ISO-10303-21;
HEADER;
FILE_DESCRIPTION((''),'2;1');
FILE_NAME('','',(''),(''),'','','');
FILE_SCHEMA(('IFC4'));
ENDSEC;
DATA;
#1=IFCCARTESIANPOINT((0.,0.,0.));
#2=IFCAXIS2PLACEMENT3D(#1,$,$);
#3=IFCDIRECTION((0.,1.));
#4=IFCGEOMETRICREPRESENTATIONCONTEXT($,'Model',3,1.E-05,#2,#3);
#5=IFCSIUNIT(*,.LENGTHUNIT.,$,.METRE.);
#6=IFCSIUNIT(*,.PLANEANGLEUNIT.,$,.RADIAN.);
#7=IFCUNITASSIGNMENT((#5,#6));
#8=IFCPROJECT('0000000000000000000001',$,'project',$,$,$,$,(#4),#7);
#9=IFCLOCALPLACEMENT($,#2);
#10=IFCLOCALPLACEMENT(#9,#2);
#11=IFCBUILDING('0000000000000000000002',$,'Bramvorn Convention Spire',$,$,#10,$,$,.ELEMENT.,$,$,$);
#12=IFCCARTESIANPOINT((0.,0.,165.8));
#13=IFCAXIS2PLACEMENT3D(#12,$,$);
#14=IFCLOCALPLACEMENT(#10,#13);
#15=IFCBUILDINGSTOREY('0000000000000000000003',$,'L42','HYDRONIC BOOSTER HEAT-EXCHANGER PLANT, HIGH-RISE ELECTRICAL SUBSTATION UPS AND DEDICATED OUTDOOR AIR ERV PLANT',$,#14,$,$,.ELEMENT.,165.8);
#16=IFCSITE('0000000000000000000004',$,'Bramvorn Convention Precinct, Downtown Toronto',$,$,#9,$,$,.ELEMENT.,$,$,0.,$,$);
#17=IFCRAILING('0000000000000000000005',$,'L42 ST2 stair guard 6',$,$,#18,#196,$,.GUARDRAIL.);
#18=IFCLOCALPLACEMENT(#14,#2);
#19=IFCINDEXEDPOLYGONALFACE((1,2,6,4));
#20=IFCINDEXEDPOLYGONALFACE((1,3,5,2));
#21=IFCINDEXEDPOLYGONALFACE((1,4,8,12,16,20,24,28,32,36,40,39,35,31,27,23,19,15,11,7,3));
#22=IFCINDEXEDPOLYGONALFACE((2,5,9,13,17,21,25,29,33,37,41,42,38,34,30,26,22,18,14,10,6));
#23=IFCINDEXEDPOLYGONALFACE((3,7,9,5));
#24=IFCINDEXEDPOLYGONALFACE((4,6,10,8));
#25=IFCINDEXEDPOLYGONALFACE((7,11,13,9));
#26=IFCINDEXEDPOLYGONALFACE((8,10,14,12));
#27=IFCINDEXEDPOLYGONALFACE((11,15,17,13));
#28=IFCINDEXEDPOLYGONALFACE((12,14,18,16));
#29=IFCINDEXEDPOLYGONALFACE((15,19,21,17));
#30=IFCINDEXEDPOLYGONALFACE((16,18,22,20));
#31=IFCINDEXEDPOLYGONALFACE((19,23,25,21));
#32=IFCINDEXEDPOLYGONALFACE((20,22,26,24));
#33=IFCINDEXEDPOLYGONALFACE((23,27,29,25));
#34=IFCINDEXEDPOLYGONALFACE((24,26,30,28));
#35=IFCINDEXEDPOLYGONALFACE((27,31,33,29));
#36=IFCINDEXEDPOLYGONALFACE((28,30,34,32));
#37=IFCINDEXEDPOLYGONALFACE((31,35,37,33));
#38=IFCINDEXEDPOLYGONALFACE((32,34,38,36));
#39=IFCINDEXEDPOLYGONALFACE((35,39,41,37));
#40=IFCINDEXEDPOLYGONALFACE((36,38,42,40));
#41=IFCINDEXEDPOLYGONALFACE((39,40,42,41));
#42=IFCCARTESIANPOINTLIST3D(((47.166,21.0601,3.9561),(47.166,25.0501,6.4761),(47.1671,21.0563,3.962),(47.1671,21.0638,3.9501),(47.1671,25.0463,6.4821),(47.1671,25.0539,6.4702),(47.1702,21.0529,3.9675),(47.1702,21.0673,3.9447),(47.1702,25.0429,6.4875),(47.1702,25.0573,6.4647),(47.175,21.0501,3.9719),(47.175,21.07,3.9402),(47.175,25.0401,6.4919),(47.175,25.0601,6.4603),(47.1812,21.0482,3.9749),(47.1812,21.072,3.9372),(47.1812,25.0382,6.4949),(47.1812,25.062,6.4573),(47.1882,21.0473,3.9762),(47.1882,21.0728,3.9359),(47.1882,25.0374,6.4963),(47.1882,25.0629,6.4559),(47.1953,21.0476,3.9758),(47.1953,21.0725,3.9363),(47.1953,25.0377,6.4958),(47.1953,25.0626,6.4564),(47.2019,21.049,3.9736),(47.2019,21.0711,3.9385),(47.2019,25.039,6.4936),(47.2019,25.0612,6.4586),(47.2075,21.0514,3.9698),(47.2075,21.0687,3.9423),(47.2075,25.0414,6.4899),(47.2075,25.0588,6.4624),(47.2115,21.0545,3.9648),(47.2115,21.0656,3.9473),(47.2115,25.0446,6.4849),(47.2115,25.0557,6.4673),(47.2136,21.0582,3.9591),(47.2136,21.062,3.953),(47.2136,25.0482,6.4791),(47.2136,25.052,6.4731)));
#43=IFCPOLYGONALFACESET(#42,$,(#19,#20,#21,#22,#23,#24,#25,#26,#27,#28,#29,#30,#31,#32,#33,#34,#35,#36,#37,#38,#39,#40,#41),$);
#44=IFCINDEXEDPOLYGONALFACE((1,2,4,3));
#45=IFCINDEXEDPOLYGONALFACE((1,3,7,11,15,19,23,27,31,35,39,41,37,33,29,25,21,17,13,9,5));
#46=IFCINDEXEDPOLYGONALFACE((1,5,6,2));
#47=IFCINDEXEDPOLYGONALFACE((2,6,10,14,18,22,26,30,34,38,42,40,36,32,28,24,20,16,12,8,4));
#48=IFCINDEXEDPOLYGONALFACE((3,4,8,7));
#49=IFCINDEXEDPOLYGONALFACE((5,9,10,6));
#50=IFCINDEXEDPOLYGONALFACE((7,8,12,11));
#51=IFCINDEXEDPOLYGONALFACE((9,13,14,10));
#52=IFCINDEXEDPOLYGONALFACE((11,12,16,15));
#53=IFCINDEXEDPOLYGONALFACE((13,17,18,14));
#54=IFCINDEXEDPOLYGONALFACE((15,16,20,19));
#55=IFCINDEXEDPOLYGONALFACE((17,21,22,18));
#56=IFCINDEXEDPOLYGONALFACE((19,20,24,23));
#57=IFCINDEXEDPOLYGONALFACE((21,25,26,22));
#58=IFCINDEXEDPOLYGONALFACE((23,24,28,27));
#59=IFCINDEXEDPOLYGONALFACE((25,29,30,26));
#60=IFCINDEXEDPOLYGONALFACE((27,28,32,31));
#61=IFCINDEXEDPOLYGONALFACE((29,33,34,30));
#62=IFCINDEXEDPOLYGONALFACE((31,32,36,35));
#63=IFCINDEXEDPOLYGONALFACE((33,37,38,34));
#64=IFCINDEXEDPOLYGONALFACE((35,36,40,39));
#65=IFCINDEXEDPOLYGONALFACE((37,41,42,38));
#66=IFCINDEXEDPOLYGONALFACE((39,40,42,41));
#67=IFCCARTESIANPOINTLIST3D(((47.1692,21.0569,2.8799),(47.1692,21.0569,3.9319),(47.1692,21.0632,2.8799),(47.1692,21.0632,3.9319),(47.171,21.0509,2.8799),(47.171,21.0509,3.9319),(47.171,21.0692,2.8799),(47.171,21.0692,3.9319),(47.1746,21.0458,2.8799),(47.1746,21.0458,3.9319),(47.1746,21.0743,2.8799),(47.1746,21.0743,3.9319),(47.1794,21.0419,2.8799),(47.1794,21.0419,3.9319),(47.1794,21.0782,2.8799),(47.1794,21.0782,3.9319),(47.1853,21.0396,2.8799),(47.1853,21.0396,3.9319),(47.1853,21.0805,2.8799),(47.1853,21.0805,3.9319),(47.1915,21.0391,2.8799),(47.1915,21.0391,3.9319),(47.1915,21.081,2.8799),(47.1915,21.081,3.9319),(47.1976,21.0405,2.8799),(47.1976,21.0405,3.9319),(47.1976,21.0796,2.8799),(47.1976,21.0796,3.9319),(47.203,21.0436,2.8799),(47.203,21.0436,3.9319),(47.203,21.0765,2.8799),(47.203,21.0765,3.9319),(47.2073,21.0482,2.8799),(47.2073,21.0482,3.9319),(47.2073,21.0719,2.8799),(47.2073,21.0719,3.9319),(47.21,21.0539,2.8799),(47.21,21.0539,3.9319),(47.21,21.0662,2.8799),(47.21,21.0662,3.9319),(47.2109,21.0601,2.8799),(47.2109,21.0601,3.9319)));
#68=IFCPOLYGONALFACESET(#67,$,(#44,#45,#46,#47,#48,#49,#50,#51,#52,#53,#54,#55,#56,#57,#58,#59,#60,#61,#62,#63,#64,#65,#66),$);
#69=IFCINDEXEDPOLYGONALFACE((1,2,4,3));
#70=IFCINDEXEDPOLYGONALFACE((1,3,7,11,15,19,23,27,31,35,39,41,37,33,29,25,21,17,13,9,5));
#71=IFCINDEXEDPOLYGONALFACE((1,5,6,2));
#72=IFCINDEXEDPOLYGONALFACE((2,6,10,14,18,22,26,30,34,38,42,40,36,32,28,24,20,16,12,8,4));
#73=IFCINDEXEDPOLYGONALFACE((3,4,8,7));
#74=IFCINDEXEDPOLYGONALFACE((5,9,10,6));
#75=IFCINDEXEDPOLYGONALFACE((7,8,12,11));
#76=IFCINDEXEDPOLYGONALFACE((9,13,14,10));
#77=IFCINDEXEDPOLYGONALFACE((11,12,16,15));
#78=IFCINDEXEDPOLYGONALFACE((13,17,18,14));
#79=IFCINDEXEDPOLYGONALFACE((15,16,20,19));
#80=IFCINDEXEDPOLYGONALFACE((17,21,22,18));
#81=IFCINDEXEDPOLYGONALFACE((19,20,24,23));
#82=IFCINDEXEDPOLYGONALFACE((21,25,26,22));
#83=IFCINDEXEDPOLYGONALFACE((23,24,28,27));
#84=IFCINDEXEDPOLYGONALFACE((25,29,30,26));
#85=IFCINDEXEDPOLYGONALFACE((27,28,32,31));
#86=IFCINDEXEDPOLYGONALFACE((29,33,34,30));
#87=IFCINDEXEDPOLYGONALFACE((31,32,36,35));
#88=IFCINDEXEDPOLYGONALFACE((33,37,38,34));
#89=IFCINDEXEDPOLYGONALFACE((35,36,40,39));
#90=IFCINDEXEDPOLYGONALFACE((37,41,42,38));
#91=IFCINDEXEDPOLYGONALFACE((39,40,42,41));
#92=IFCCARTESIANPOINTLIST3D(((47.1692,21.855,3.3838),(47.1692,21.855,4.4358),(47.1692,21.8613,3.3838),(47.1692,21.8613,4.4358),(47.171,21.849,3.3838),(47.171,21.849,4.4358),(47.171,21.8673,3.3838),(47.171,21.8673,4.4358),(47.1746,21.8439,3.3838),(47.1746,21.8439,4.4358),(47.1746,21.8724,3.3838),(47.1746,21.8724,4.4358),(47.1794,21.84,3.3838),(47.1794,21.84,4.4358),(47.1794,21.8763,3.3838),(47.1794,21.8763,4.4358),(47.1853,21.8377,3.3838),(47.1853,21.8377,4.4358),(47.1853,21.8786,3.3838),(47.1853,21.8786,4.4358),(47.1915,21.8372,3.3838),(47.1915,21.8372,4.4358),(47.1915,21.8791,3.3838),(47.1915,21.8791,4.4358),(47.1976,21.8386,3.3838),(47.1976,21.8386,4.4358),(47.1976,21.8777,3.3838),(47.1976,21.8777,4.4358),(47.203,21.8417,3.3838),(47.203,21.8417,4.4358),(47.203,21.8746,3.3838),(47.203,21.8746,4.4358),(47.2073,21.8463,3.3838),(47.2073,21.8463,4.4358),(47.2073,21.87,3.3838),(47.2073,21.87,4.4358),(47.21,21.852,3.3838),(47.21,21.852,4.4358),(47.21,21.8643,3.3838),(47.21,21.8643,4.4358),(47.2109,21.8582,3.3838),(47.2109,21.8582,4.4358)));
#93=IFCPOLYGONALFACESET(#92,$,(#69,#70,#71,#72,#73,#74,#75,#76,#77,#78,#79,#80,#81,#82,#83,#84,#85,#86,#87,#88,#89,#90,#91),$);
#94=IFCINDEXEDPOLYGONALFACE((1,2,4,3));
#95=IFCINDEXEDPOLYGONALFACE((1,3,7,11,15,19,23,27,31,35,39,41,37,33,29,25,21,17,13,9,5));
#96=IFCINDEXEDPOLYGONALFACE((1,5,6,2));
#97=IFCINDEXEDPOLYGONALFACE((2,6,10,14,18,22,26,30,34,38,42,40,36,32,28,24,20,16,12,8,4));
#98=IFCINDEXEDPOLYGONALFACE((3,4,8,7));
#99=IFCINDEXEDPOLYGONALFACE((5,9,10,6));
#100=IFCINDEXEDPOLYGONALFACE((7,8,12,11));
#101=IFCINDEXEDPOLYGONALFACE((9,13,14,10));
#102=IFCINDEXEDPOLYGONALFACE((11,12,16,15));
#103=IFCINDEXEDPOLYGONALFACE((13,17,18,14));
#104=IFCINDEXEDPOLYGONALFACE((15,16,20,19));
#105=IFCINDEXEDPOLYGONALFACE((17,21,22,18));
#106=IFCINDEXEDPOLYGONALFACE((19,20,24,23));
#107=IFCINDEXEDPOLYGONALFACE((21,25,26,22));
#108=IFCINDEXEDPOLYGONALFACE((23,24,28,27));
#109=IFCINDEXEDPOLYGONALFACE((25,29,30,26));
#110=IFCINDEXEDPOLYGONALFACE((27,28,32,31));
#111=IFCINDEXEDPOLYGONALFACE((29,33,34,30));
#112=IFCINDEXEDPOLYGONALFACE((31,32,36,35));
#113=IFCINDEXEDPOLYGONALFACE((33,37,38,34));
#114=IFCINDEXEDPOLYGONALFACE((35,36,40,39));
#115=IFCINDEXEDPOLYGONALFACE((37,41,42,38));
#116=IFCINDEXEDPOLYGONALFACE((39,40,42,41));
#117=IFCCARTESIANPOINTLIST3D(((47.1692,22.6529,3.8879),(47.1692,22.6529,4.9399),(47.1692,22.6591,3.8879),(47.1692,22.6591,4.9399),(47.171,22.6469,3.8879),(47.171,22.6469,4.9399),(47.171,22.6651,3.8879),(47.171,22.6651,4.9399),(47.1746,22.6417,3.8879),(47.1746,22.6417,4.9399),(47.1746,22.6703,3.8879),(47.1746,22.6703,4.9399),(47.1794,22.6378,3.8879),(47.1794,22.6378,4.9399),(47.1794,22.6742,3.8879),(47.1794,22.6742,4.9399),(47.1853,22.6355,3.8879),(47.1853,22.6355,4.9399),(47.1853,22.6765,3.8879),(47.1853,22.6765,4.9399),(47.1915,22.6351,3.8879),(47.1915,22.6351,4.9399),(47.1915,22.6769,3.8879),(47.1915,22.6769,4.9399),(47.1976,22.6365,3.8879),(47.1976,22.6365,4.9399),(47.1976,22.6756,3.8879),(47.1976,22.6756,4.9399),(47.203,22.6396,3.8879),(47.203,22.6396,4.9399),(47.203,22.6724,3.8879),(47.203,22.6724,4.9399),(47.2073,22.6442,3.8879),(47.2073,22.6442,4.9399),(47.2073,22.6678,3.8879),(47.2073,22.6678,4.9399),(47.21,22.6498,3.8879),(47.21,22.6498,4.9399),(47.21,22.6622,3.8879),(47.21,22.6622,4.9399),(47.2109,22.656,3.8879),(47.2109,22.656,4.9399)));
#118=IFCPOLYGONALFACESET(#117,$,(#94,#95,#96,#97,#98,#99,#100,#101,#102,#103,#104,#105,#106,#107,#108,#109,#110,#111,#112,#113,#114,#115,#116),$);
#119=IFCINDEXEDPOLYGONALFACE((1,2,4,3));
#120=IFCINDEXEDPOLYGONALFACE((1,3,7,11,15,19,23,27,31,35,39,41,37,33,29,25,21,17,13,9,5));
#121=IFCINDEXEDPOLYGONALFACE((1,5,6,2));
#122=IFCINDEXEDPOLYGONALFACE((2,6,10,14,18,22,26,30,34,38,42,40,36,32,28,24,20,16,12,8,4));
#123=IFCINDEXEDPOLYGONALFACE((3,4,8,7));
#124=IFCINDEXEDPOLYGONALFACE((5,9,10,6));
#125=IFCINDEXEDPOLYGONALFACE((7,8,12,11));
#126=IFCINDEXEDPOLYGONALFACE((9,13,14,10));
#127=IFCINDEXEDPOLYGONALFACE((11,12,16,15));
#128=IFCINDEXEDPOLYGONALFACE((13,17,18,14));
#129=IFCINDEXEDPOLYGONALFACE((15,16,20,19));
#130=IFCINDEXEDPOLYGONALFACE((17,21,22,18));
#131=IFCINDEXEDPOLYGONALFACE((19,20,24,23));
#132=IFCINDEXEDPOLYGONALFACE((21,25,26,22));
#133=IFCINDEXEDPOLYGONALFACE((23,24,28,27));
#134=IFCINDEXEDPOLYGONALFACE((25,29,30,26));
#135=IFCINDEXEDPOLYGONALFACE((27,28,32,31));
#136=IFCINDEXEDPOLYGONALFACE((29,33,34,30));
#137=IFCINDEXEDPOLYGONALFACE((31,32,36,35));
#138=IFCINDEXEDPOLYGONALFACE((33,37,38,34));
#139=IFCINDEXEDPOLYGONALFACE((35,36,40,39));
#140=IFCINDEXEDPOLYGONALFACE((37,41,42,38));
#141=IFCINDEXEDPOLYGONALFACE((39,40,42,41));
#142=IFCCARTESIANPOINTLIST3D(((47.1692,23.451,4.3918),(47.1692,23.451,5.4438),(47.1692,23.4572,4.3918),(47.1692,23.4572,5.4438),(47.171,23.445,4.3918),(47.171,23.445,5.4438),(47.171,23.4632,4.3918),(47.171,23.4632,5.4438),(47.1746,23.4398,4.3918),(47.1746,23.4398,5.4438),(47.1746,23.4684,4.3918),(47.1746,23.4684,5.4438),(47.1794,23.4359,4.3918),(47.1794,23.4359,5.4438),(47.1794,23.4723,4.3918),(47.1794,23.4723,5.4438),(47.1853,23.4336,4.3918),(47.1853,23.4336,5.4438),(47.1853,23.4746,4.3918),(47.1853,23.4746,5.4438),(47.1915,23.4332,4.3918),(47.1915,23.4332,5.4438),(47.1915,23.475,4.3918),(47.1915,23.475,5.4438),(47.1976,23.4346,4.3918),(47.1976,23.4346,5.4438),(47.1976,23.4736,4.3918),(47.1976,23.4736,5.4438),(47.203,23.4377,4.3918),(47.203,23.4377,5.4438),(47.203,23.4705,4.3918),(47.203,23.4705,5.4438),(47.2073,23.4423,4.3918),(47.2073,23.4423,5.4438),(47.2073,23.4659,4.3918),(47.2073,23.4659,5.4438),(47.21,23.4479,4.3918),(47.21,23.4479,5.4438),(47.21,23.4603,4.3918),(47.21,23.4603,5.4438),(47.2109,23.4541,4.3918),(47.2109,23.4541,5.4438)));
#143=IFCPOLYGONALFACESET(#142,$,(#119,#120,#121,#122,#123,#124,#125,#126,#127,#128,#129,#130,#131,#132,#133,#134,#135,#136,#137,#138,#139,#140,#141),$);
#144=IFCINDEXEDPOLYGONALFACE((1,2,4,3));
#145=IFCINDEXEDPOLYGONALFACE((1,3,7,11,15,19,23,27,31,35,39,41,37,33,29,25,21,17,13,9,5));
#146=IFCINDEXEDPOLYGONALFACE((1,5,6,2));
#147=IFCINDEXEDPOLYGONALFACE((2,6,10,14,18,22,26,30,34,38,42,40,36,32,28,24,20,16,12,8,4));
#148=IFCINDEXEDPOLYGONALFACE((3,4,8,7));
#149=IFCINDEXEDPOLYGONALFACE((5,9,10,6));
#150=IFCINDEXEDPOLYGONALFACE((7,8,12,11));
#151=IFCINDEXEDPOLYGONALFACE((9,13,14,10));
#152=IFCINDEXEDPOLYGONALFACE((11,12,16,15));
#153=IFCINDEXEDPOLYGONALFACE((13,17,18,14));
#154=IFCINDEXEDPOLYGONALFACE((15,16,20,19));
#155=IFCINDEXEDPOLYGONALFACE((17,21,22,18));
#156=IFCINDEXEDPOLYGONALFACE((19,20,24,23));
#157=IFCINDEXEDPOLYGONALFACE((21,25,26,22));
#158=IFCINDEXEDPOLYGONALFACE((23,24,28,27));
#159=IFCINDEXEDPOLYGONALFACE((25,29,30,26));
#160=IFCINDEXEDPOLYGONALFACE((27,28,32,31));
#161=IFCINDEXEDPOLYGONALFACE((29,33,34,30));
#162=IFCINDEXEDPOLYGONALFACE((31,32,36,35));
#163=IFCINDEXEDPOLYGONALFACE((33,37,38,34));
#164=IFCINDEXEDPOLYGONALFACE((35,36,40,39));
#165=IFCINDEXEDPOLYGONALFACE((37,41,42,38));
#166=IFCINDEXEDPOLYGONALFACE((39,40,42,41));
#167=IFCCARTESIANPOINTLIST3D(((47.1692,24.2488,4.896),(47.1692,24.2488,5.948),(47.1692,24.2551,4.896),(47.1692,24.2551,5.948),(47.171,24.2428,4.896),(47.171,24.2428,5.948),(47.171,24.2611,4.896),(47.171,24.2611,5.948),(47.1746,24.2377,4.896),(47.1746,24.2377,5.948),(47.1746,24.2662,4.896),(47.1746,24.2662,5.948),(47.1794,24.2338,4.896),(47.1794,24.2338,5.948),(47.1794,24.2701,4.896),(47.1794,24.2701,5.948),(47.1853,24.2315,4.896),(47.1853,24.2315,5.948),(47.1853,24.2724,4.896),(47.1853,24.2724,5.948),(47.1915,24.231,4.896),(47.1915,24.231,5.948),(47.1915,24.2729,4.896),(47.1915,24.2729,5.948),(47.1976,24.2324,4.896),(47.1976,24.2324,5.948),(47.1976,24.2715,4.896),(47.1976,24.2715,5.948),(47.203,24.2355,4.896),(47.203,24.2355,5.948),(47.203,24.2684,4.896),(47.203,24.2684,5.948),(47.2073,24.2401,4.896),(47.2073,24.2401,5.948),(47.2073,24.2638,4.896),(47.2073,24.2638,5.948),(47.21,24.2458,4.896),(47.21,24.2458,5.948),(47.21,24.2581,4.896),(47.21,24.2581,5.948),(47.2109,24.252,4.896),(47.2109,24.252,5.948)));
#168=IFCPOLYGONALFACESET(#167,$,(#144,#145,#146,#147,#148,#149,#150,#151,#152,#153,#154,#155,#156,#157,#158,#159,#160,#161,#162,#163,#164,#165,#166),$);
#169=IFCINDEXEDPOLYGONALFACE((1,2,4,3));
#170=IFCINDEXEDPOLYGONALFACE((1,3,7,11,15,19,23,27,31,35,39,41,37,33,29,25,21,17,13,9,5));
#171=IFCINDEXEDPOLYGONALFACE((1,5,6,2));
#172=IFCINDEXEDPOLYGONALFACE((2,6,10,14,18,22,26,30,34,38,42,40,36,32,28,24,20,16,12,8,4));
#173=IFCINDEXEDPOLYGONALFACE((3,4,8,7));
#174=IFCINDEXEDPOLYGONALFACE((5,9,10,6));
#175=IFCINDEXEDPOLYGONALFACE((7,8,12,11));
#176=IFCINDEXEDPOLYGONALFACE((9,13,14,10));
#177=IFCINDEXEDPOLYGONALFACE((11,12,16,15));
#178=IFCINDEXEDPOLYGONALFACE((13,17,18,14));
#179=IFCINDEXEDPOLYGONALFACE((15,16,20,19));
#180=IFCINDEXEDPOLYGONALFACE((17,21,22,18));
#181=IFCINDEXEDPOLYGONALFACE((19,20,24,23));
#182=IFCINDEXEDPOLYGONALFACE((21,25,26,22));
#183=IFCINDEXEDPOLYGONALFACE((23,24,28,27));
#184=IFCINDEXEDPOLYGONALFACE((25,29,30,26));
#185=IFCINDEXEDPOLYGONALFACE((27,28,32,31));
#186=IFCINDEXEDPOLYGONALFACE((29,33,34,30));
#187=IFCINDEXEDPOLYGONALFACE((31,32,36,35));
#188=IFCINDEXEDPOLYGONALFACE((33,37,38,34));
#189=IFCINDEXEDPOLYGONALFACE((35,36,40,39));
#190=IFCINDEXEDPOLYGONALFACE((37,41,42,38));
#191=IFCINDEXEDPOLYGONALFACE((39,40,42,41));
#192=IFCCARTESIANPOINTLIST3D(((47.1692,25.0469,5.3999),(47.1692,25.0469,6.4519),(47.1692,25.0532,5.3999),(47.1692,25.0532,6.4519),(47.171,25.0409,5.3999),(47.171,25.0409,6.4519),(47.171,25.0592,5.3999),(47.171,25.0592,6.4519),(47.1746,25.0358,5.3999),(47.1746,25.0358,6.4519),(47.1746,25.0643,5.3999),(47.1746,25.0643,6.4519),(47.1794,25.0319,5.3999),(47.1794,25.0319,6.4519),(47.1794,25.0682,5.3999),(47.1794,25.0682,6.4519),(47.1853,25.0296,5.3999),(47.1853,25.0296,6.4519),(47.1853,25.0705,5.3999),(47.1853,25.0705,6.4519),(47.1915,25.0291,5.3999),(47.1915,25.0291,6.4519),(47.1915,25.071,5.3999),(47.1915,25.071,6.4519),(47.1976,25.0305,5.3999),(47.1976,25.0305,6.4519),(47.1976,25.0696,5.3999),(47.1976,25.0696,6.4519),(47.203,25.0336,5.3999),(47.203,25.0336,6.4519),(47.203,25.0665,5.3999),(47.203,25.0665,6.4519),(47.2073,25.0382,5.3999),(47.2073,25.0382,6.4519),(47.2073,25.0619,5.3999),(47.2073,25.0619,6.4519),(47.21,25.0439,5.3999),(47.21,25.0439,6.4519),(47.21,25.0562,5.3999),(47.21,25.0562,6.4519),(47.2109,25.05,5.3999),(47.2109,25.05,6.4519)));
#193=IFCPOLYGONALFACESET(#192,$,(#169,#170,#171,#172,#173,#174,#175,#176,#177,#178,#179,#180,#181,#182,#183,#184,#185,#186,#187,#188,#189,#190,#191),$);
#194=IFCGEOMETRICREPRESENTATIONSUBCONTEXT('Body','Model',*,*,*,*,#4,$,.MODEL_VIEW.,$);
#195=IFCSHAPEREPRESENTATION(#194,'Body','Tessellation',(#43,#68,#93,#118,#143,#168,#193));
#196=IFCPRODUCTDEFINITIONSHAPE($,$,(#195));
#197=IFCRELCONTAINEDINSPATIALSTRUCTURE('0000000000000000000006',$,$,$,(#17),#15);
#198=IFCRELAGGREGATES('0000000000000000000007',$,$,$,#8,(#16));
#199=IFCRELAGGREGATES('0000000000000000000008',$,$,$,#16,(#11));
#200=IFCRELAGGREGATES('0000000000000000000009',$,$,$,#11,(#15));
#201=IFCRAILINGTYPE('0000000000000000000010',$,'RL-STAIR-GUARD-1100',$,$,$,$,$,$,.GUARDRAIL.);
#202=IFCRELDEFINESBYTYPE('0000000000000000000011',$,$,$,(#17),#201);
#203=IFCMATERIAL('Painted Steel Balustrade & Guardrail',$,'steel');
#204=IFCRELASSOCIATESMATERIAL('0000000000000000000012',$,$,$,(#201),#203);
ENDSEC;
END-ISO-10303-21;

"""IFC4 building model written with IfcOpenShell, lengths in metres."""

from ifc_helpers import new_model, si_unit, direction, frame, origin, origin_2d, place, context, subcontext, project, spatial, circle, extrude, material, type_object, element, save


model = new_model("IFC4")

# Units and contexts
model_context = context("Model", 3, precision=1e-05, world=origin(), true_north=direction((0.0, 1.0)))
body_context = subcontext(model_context, "Body", "Model", "MODEL_VIEW")
ifc_project = project(units=[si_unit("LENGTHUNIT", "METRE"), si_unit("PLANEANGLEUNIT", "RADIAN")], contexts=[model_context])

# Site, building, storey
site_placement = place(None, origin())
site = spatial("IfcSite", under=ifc_project, at=site_placement, Name="Bramvorn Convention Precinct, Downtown Toronto", CompositionType="ELEMENT", RefElevation=0.0)
building_placement = place(site_placement, origin())
building = spatial("IfcBuilding", under=site, at=building_placement, Name="Bramvorn Convention Spire", CompositionType="ELEMENT")
storey_placement = place(building_placement, frame((0.0, 0.0, 165.8)))
storey = spatial("IfcBuildingStorey", under=building, at=storey_placement, Name="L42", Description="HYDRONIC BOOSTER HEAT-EXCHANGER PLANT, HIGH-RISE ELECTRICAL SUBSTATION UPS AND DEDICATED OUTDOOR AIR ERV PLANT", CompositionType="ELEMENT", Elevation=165.8)

# Railing
ifc_material_1 = material(Name="Painted Steel Balustrade & Guardrail", Category="steel")
railing_type_1 = type_object("IfcRailingType", Name="RL-STAIR-GUARD-1100", PredefinedType="GUARDRAIL", material=ifc_material_1)
railing_1_placement = place(storey_placement, frame((47.1899, 21.0601, 2.8799)))
element("IfcRailing", 1, at=railing_1_placement, inside=storey, type_object=railing_type_1, Name="L42 ST2 stair guard 6", PredefinedType="GUARDRAIL", context=body_context, shape_type="SweptSolid", body=[
    extrude(circle(Radius=0.0239, at=origin_2d()), frame((0.0, 0.0, 1.0762), z_axis=(0.0, 0.845486, 0.533997), x_axis=(-1.0, 0.0, 0.0)), (0.0, 0.0, 1.0), 4.7192),
    extrude(circle(Radius=0.021, at=origin_2d()), origin(), (0.0, 0.0, 1.0), 1.052),
    extrude(circle(Radius=0.021, at=origin_2d()), frame((0.0, 0.7981, 0.5039)), (0.0, 0.0, 1.0), 1.052),
    extrude(circle(Radius=0.021, at=origin_2d()), frame((0.0, 1.5959, 1.0081)), (0.0, 0.0, 1.0), 1.052),
    extrude(circle(Radius=0.021, at=origin_2d()), frame((0.0, 2.394, 1.512)), (0.0, 0.0, 1.0), 1.052),
    extrude(circle(Radius=0.021, at=origin_2d()), frame((0.0, 3.1919, 2.0161)), (0.0, 0.0, 1.0), 1.052),
    extrude(circle(Radius=0.021, at=origin_2d()), frame((0.0, 3.99, 2.52)), (0.0, 0.0, 1.0), 1.052),
])

save(model, "model.ifc")
